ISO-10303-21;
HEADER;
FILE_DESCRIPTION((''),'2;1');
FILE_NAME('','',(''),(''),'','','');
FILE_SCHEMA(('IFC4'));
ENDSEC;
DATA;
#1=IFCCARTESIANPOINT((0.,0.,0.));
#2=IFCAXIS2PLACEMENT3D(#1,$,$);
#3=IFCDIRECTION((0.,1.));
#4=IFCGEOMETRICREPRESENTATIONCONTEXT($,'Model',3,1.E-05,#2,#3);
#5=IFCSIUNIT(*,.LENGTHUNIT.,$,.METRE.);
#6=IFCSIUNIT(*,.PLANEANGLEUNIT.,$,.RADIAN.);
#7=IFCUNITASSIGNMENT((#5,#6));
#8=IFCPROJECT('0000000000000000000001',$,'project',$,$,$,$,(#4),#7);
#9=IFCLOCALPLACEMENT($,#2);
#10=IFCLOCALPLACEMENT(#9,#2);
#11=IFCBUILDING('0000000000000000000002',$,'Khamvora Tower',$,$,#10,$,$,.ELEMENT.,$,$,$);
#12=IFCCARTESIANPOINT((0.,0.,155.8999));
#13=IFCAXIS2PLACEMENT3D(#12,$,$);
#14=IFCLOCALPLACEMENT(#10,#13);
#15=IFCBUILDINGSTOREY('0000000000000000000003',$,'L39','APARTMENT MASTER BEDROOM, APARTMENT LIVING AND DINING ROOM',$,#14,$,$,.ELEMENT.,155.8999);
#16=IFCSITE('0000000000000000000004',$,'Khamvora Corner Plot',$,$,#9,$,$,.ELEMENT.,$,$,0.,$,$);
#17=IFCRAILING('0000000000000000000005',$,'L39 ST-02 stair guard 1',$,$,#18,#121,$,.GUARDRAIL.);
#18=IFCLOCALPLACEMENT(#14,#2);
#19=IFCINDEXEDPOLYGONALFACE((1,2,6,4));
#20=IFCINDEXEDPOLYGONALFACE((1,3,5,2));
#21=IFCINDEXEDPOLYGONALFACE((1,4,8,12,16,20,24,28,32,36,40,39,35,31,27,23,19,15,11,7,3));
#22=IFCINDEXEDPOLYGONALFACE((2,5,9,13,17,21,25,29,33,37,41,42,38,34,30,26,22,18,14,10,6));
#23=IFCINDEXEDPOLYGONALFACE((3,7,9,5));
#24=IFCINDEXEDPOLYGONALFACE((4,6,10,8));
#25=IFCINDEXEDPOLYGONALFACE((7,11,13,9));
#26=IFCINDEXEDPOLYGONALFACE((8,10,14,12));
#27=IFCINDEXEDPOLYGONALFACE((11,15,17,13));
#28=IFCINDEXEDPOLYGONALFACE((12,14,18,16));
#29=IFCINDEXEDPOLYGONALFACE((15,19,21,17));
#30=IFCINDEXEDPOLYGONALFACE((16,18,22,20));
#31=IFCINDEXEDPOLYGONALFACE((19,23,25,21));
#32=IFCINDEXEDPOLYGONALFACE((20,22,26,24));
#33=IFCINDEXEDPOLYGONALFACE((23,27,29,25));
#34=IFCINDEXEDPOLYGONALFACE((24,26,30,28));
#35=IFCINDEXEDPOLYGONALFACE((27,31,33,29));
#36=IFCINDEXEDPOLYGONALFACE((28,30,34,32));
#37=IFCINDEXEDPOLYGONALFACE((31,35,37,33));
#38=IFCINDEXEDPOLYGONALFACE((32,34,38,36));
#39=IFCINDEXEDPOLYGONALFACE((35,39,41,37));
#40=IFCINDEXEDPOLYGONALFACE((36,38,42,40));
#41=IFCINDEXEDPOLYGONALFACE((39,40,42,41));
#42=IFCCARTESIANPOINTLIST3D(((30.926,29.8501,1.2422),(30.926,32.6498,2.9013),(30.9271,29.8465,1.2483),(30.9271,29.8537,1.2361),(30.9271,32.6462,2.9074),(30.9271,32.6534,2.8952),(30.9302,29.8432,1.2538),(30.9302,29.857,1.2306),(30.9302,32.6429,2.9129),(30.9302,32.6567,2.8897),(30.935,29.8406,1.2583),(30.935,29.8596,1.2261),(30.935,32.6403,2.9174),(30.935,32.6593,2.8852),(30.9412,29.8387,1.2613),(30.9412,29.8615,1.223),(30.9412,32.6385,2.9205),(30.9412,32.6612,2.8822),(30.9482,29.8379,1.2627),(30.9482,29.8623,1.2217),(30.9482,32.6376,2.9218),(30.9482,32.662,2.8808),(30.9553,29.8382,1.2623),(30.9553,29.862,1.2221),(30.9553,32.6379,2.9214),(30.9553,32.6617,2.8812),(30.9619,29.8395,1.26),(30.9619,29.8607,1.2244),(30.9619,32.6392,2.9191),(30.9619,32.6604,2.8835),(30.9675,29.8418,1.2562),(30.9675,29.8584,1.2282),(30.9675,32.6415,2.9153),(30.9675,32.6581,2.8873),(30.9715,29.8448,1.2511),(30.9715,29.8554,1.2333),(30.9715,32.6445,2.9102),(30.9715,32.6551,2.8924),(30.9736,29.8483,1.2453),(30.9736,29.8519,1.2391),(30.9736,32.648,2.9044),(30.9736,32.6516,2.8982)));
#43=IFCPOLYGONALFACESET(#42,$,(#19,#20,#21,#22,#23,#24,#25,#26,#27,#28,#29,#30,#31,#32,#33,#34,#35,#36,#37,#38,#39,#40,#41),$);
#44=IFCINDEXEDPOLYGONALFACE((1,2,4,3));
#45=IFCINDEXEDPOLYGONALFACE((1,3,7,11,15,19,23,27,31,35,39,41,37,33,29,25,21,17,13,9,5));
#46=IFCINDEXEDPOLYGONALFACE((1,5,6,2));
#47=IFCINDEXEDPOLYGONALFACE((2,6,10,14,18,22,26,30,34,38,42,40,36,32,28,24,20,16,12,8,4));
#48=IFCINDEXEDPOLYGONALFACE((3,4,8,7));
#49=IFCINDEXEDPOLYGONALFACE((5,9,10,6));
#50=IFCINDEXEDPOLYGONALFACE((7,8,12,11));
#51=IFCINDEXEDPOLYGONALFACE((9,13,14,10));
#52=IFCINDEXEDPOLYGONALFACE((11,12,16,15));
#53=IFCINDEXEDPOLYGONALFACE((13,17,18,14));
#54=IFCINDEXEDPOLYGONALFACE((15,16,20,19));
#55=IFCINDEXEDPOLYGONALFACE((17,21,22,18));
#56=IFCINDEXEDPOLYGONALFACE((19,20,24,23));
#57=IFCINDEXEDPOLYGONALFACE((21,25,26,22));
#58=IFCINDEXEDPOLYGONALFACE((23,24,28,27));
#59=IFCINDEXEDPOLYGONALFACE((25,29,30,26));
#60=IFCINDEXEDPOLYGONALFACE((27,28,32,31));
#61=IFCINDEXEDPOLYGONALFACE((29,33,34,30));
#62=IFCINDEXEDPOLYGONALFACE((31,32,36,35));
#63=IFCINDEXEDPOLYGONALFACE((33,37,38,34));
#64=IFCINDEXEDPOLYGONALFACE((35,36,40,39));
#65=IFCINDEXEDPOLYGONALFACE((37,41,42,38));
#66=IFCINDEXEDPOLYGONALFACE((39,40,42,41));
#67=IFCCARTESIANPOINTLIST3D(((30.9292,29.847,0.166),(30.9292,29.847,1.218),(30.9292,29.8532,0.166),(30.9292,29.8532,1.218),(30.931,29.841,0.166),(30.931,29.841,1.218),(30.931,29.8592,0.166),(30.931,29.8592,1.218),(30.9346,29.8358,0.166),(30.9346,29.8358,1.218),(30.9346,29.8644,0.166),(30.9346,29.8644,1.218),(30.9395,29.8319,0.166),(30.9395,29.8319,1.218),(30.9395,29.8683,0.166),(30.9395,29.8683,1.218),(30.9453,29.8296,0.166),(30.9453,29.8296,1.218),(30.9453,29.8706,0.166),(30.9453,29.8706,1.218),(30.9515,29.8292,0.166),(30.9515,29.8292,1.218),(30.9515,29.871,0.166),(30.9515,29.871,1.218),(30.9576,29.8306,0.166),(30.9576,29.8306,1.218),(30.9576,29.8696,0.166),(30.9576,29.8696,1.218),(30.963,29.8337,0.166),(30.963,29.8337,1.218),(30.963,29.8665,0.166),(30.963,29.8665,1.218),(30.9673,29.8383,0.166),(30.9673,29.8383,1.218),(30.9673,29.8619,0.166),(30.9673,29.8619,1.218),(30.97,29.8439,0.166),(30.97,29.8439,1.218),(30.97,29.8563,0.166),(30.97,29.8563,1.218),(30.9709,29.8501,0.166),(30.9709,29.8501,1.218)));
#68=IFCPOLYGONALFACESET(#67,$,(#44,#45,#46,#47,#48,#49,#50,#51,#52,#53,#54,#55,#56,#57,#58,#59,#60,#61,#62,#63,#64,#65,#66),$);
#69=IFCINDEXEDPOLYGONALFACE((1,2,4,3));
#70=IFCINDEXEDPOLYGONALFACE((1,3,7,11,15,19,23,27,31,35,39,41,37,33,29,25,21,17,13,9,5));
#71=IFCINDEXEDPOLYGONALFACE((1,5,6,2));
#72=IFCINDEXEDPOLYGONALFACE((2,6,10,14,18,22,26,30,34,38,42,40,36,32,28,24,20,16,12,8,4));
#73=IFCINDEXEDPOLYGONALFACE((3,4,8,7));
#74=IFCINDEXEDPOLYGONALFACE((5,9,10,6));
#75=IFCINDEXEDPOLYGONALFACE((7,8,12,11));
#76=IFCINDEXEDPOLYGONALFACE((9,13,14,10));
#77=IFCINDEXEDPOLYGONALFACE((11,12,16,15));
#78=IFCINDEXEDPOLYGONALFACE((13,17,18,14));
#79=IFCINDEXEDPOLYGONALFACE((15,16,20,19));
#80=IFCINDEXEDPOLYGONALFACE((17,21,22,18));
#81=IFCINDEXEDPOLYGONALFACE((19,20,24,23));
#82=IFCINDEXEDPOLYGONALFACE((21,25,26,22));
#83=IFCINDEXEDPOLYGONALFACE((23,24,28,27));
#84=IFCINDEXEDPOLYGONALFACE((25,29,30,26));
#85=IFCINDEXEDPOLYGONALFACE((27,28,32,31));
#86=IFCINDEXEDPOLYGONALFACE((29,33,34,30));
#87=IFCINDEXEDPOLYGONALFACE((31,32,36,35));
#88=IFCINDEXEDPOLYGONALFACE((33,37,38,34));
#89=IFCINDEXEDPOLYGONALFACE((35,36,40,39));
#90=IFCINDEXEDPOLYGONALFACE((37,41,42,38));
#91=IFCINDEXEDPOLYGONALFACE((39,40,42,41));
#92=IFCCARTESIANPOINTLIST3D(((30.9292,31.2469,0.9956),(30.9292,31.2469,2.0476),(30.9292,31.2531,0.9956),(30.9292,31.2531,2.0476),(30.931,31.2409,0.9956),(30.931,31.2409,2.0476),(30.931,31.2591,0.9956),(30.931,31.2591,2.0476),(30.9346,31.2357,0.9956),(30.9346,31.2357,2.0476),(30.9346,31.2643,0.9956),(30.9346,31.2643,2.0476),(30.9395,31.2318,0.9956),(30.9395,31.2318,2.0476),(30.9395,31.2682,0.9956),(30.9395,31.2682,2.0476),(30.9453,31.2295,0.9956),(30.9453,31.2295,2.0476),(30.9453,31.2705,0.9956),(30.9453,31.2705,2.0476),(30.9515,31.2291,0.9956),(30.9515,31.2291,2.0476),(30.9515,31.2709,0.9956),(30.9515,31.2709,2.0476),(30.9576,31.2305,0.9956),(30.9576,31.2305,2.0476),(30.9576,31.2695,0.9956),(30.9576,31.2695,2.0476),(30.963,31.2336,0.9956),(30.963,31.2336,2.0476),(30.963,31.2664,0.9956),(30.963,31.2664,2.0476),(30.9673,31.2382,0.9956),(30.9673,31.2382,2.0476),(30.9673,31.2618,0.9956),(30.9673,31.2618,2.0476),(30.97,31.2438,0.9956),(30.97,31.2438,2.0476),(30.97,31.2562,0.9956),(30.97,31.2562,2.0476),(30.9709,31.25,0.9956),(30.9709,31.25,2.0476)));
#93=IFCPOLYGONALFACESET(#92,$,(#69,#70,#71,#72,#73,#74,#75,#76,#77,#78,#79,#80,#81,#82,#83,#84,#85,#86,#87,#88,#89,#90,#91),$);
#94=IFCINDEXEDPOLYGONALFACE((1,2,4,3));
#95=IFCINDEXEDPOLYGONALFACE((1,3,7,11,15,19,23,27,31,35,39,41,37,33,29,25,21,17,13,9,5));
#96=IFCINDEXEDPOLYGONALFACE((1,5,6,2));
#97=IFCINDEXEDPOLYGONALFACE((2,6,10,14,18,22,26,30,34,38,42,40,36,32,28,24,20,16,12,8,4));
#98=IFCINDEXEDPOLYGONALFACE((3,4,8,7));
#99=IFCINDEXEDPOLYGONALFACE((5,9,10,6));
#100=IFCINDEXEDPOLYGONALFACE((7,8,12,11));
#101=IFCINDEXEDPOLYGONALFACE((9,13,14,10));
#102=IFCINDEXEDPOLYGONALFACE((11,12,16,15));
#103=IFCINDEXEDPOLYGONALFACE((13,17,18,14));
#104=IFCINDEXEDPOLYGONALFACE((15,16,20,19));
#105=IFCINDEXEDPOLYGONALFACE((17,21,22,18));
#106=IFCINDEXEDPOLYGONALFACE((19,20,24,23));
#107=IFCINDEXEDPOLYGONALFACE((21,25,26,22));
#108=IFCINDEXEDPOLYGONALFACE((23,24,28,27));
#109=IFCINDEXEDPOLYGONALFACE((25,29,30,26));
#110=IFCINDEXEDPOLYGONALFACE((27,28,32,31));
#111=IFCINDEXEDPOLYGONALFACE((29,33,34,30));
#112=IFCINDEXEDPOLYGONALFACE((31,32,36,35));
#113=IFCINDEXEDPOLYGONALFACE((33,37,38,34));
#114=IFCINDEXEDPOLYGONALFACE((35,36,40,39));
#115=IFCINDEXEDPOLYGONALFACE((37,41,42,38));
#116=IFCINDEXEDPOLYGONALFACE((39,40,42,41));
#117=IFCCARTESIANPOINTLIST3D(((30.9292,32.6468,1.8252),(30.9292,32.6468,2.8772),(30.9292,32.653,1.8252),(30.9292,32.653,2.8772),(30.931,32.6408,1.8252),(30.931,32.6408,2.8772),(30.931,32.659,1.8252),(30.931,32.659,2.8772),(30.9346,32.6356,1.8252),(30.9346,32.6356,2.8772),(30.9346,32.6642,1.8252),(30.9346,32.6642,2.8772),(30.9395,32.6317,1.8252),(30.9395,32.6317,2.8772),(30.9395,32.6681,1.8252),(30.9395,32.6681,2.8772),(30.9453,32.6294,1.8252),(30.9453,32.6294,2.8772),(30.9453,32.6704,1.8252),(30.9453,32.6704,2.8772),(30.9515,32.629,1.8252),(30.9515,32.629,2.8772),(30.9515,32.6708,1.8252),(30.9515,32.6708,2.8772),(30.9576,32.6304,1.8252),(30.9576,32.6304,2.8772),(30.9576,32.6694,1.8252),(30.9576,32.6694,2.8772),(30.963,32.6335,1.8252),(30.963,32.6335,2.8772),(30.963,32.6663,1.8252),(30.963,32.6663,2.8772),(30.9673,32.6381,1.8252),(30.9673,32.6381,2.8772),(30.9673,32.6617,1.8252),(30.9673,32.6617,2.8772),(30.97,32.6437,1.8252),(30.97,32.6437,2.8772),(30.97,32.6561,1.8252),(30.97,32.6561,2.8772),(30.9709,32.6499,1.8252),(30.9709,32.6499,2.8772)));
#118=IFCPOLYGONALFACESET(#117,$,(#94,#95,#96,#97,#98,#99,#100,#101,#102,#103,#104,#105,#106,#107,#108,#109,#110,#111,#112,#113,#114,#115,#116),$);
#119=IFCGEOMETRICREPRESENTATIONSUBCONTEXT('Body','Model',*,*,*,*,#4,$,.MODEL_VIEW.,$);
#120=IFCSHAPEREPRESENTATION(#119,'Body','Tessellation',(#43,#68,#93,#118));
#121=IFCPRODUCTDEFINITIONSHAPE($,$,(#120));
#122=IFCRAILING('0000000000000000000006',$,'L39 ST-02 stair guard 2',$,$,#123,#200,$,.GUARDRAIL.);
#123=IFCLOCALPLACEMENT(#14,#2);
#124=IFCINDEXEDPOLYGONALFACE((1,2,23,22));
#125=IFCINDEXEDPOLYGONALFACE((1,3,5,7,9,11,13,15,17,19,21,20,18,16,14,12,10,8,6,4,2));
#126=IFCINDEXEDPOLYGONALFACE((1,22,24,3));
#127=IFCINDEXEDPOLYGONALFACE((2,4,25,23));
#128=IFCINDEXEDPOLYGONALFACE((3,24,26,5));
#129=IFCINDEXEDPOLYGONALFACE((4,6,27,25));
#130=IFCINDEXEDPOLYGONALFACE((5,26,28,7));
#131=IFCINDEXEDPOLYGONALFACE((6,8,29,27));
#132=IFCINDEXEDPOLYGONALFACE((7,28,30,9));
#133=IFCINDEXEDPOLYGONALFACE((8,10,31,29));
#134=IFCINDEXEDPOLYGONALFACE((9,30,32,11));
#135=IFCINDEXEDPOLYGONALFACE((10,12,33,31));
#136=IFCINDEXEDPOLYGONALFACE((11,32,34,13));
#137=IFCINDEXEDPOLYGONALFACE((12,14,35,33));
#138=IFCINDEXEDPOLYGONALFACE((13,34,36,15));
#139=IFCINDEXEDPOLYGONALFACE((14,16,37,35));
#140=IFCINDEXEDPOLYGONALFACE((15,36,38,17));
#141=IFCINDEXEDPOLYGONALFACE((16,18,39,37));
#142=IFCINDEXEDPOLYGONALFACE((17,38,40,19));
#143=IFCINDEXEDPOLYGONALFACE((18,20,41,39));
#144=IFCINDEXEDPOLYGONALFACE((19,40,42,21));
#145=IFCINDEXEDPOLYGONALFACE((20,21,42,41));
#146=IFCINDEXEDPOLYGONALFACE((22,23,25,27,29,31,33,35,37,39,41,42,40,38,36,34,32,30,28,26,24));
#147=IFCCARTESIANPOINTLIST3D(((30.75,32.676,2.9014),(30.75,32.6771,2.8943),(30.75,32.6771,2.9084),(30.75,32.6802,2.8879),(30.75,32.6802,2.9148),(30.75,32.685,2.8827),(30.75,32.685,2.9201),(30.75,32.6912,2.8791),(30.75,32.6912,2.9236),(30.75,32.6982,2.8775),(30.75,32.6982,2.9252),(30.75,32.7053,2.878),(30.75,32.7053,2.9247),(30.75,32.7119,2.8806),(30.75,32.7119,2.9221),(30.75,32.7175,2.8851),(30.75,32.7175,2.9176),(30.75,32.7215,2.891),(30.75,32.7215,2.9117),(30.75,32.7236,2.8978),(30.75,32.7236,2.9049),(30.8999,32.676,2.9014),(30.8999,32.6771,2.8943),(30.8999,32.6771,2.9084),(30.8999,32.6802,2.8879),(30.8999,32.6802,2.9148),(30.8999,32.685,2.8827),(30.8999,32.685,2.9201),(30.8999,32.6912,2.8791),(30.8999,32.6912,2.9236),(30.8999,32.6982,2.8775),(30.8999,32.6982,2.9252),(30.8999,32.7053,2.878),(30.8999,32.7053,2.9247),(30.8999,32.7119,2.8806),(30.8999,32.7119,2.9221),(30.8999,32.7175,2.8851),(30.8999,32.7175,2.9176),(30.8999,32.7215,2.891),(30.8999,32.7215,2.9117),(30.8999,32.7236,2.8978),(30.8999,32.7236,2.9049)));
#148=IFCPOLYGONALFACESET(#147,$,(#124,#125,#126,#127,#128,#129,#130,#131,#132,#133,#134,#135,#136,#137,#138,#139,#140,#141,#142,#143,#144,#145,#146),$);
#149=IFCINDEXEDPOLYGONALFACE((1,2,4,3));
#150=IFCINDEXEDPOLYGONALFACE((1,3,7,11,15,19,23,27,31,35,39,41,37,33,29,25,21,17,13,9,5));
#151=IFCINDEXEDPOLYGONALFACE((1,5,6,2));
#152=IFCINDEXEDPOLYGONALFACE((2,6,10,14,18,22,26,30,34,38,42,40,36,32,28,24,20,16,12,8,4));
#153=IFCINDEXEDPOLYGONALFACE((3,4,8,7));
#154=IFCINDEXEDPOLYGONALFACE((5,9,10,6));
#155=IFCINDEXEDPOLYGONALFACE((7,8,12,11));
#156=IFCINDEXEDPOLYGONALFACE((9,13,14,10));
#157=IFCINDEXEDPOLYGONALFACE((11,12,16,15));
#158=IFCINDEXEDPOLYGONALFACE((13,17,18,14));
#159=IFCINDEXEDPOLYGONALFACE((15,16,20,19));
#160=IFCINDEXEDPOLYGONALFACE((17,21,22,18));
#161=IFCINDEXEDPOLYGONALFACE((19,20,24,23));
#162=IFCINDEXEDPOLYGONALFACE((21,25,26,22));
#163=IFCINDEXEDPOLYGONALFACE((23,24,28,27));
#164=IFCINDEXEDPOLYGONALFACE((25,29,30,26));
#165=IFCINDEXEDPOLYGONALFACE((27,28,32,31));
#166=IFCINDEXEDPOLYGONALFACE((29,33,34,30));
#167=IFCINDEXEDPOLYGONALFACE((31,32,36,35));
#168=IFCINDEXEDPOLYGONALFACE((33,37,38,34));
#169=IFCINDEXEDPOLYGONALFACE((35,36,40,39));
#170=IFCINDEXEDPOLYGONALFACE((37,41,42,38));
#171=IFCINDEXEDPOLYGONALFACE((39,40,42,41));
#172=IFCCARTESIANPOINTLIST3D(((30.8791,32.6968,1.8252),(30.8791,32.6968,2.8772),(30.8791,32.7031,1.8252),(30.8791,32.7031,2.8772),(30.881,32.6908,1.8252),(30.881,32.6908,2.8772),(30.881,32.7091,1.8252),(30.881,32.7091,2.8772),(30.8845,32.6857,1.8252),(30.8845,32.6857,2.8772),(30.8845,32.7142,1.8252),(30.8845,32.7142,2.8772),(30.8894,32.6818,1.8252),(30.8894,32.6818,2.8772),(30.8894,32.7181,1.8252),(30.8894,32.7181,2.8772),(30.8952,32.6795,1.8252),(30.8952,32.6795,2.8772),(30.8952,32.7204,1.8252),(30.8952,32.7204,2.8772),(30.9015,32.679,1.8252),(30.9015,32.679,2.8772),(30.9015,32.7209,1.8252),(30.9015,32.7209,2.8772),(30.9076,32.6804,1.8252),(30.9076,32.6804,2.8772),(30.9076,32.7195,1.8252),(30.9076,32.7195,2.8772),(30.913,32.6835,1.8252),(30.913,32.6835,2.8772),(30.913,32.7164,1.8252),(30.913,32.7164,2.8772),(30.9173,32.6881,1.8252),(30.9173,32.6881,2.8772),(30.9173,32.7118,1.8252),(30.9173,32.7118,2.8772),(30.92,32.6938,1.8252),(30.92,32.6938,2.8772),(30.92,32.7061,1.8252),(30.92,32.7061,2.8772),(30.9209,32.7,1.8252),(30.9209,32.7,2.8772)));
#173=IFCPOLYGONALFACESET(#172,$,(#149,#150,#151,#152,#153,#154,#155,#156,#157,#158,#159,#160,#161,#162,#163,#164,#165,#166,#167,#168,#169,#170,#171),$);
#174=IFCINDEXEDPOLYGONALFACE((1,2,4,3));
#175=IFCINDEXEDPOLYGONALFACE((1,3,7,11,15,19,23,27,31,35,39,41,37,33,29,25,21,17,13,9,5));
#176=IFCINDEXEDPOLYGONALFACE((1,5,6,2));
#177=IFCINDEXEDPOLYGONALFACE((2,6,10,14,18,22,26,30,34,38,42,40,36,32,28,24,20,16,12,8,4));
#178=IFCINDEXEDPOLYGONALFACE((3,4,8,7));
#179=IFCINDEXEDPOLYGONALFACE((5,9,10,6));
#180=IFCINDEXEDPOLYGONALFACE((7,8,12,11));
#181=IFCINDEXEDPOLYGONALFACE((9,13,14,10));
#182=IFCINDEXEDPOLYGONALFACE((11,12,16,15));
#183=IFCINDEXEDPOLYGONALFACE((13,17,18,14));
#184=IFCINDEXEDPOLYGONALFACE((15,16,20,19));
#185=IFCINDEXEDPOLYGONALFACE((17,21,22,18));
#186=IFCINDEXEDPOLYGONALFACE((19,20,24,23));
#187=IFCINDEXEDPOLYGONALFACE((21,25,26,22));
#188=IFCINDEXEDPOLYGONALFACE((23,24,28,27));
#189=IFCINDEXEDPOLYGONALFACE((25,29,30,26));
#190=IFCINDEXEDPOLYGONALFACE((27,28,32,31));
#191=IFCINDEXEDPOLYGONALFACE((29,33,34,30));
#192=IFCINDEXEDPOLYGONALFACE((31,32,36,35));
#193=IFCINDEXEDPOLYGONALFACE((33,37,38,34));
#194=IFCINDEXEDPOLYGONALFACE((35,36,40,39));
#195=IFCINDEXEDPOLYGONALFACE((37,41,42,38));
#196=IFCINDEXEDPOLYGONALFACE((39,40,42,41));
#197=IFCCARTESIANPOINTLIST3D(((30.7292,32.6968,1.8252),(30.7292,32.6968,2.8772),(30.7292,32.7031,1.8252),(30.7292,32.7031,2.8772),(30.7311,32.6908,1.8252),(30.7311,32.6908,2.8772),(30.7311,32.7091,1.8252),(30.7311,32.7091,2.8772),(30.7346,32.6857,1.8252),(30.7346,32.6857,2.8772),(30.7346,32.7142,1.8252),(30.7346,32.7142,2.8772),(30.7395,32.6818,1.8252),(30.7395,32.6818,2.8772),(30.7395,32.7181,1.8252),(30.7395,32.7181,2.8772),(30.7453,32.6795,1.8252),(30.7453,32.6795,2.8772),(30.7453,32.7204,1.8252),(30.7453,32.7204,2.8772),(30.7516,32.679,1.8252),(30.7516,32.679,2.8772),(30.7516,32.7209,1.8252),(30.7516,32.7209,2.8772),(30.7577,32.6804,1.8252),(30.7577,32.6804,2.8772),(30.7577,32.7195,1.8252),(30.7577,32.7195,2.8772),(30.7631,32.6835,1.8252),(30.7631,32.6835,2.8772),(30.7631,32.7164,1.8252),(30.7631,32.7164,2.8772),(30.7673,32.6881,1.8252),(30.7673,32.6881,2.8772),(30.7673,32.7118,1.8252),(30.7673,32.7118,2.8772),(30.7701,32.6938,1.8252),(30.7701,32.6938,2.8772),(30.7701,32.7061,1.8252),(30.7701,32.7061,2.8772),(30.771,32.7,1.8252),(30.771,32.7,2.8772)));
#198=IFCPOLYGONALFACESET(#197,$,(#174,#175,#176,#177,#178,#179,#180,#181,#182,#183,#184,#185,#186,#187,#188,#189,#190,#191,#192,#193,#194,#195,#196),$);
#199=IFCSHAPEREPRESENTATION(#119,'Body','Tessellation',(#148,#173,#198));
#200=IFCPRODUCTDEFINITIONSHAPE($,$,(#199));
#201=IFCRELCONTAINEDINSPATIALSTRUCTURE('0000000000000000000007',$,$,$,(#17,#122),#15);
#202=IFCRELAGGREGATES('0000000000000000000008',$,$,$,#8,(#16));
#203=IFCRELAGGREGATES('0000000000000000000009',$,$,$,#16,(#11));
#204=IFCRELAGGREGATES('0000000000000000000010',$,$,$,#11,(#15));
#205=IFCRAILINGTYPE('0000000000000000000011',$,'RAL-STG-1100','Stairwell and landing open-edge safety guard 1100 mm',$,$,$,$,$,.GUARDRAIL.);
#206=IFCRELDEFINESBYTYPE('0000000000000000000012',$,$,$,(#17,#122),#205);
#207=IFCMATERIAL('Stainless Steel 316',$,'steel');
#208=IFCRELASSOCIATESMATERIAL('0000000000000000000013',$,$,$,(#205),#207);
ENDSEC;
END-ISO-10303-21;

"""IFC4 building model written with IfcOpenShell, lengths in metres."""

from ifc_helpers import new_model, si_unit, direction, frame, origin, origin_2d, place, context, subcontext, project, spatial, circle, extrude, material, type_object, element, save


model = new_model("IFC4")

# Units and contexts
model_context = context("Model", 3, precision=1e-05, world=origin(), true_north=direction((0.0, 1.0)))
body_context = subcontext(model_context, "Body", "Model", "MODEL_VIEW")
ifc_project = project(units=[si_unit("LENGTHUNIT", "METRE"), si_unit("PLANEANGLEUNIT", "RADIAN")], contexts=[model_context])

# Site, building, storey
site_placement = place(None, origin())
site = spatial("IfcSite", under=ifc_project, at=site_placement, Name="Khamvora Corner Plot", CompositionType="ELEMENT", RefElevation=0.0)
building_placement = place(site_placement, origin())
building = spatial("IfcBuilding", under=site, at=building_placement, Name="Khamvora Tower", CompositionType="ELEMENT")
storey_placement = place(building_placement, frame((0.0, 0.0, 155.8999)))
storey = spatial("IfcBuildingStorey", under=building, at=storey_placement, Name="L39", Description="APARTMENT MASTER BEDROOM, APARTMENT LIVING AND DINING ROOM", CompositionType="ELEMENT", Elevation=155.8999)

# Railings
ifc_material_1 = material(Name="Stainless Steel 316", Category="steel")
railing_type_1 = type_object("IfcRailingType", Name="RAL-STG-1100", Description="Stairwell and landing open-edge safety guard 1100 mm", PredefinedType="GUARDRAIL", material=ifc_material_1)
railing_1_placement = place(storey_placement, frame((30.95, 29.8501, 0.166)))
element("IfcRailing", 1, at=railing_1_placement, inside=storey, type_object=railing_type_1, Name="L39 ST-02 stair guard 1", PredefinedType="GUARDRAIL", context=body_context, shape_type="SweptSolid", body=[
    extrude(circle(Radius=0.0239, at=origin_2d()), frame((0.0, 0.0, 1.0762), z_axis=(0.0, 0.860287, 0.509811), x_axis=(-1.0, 0.0, 0.0)), (0.0, 0.0, 1.0), 3.2544),
    extrude(circle(Radius=0.021, at=origin_2d()), origin(), (0.0, 0.0, 1.0), 1.052),
    extrude(circle(Radius=0.021, at=origin_2d()), frame((0.0, 1.3999, 0.8296)), (0.0, 0.0, 1.0), 1.052),
    extrude(circle(Radius=0.021, at=origin_2d()), frame((0.0, 2.7998, 1.6592)), (0.0, 0.0, 1.0), 1.052),
])
railing_2_placement = place(storey_placement, frame((30.8999, 32.7, 1.8252)))
element("IfcRailing", 2, at=railing_2_placement, inside=storey, type_object=railing_type_1, Name="L39 ST-02 stair guard 2", PredefinedType="GUARDRAIL", context=body_context, shape_type="SweptSolid", body=[
    extrude(circle(Radius=0.0239, at=origin_2d()), frame((0.0, 0.0, 1.0762), z_axis=(-1.0, 0.0, 0.0), x_axis=(0.0, -1.0, 0.0)), (0.0, 0.0, 1.0), 0.1499),
    extrude(circle(Radius=0.021, at=origin_2d()), origin(), (0.0, 0.0, 1.0), 1.052),
    extrude(circle(Radius=0.021, at=origin_2d()), frame((-0.1499, 0.0, 0.0)), (0.0, 0.0, 1.0), 1.052),
])

save(model, "model.ifc")
